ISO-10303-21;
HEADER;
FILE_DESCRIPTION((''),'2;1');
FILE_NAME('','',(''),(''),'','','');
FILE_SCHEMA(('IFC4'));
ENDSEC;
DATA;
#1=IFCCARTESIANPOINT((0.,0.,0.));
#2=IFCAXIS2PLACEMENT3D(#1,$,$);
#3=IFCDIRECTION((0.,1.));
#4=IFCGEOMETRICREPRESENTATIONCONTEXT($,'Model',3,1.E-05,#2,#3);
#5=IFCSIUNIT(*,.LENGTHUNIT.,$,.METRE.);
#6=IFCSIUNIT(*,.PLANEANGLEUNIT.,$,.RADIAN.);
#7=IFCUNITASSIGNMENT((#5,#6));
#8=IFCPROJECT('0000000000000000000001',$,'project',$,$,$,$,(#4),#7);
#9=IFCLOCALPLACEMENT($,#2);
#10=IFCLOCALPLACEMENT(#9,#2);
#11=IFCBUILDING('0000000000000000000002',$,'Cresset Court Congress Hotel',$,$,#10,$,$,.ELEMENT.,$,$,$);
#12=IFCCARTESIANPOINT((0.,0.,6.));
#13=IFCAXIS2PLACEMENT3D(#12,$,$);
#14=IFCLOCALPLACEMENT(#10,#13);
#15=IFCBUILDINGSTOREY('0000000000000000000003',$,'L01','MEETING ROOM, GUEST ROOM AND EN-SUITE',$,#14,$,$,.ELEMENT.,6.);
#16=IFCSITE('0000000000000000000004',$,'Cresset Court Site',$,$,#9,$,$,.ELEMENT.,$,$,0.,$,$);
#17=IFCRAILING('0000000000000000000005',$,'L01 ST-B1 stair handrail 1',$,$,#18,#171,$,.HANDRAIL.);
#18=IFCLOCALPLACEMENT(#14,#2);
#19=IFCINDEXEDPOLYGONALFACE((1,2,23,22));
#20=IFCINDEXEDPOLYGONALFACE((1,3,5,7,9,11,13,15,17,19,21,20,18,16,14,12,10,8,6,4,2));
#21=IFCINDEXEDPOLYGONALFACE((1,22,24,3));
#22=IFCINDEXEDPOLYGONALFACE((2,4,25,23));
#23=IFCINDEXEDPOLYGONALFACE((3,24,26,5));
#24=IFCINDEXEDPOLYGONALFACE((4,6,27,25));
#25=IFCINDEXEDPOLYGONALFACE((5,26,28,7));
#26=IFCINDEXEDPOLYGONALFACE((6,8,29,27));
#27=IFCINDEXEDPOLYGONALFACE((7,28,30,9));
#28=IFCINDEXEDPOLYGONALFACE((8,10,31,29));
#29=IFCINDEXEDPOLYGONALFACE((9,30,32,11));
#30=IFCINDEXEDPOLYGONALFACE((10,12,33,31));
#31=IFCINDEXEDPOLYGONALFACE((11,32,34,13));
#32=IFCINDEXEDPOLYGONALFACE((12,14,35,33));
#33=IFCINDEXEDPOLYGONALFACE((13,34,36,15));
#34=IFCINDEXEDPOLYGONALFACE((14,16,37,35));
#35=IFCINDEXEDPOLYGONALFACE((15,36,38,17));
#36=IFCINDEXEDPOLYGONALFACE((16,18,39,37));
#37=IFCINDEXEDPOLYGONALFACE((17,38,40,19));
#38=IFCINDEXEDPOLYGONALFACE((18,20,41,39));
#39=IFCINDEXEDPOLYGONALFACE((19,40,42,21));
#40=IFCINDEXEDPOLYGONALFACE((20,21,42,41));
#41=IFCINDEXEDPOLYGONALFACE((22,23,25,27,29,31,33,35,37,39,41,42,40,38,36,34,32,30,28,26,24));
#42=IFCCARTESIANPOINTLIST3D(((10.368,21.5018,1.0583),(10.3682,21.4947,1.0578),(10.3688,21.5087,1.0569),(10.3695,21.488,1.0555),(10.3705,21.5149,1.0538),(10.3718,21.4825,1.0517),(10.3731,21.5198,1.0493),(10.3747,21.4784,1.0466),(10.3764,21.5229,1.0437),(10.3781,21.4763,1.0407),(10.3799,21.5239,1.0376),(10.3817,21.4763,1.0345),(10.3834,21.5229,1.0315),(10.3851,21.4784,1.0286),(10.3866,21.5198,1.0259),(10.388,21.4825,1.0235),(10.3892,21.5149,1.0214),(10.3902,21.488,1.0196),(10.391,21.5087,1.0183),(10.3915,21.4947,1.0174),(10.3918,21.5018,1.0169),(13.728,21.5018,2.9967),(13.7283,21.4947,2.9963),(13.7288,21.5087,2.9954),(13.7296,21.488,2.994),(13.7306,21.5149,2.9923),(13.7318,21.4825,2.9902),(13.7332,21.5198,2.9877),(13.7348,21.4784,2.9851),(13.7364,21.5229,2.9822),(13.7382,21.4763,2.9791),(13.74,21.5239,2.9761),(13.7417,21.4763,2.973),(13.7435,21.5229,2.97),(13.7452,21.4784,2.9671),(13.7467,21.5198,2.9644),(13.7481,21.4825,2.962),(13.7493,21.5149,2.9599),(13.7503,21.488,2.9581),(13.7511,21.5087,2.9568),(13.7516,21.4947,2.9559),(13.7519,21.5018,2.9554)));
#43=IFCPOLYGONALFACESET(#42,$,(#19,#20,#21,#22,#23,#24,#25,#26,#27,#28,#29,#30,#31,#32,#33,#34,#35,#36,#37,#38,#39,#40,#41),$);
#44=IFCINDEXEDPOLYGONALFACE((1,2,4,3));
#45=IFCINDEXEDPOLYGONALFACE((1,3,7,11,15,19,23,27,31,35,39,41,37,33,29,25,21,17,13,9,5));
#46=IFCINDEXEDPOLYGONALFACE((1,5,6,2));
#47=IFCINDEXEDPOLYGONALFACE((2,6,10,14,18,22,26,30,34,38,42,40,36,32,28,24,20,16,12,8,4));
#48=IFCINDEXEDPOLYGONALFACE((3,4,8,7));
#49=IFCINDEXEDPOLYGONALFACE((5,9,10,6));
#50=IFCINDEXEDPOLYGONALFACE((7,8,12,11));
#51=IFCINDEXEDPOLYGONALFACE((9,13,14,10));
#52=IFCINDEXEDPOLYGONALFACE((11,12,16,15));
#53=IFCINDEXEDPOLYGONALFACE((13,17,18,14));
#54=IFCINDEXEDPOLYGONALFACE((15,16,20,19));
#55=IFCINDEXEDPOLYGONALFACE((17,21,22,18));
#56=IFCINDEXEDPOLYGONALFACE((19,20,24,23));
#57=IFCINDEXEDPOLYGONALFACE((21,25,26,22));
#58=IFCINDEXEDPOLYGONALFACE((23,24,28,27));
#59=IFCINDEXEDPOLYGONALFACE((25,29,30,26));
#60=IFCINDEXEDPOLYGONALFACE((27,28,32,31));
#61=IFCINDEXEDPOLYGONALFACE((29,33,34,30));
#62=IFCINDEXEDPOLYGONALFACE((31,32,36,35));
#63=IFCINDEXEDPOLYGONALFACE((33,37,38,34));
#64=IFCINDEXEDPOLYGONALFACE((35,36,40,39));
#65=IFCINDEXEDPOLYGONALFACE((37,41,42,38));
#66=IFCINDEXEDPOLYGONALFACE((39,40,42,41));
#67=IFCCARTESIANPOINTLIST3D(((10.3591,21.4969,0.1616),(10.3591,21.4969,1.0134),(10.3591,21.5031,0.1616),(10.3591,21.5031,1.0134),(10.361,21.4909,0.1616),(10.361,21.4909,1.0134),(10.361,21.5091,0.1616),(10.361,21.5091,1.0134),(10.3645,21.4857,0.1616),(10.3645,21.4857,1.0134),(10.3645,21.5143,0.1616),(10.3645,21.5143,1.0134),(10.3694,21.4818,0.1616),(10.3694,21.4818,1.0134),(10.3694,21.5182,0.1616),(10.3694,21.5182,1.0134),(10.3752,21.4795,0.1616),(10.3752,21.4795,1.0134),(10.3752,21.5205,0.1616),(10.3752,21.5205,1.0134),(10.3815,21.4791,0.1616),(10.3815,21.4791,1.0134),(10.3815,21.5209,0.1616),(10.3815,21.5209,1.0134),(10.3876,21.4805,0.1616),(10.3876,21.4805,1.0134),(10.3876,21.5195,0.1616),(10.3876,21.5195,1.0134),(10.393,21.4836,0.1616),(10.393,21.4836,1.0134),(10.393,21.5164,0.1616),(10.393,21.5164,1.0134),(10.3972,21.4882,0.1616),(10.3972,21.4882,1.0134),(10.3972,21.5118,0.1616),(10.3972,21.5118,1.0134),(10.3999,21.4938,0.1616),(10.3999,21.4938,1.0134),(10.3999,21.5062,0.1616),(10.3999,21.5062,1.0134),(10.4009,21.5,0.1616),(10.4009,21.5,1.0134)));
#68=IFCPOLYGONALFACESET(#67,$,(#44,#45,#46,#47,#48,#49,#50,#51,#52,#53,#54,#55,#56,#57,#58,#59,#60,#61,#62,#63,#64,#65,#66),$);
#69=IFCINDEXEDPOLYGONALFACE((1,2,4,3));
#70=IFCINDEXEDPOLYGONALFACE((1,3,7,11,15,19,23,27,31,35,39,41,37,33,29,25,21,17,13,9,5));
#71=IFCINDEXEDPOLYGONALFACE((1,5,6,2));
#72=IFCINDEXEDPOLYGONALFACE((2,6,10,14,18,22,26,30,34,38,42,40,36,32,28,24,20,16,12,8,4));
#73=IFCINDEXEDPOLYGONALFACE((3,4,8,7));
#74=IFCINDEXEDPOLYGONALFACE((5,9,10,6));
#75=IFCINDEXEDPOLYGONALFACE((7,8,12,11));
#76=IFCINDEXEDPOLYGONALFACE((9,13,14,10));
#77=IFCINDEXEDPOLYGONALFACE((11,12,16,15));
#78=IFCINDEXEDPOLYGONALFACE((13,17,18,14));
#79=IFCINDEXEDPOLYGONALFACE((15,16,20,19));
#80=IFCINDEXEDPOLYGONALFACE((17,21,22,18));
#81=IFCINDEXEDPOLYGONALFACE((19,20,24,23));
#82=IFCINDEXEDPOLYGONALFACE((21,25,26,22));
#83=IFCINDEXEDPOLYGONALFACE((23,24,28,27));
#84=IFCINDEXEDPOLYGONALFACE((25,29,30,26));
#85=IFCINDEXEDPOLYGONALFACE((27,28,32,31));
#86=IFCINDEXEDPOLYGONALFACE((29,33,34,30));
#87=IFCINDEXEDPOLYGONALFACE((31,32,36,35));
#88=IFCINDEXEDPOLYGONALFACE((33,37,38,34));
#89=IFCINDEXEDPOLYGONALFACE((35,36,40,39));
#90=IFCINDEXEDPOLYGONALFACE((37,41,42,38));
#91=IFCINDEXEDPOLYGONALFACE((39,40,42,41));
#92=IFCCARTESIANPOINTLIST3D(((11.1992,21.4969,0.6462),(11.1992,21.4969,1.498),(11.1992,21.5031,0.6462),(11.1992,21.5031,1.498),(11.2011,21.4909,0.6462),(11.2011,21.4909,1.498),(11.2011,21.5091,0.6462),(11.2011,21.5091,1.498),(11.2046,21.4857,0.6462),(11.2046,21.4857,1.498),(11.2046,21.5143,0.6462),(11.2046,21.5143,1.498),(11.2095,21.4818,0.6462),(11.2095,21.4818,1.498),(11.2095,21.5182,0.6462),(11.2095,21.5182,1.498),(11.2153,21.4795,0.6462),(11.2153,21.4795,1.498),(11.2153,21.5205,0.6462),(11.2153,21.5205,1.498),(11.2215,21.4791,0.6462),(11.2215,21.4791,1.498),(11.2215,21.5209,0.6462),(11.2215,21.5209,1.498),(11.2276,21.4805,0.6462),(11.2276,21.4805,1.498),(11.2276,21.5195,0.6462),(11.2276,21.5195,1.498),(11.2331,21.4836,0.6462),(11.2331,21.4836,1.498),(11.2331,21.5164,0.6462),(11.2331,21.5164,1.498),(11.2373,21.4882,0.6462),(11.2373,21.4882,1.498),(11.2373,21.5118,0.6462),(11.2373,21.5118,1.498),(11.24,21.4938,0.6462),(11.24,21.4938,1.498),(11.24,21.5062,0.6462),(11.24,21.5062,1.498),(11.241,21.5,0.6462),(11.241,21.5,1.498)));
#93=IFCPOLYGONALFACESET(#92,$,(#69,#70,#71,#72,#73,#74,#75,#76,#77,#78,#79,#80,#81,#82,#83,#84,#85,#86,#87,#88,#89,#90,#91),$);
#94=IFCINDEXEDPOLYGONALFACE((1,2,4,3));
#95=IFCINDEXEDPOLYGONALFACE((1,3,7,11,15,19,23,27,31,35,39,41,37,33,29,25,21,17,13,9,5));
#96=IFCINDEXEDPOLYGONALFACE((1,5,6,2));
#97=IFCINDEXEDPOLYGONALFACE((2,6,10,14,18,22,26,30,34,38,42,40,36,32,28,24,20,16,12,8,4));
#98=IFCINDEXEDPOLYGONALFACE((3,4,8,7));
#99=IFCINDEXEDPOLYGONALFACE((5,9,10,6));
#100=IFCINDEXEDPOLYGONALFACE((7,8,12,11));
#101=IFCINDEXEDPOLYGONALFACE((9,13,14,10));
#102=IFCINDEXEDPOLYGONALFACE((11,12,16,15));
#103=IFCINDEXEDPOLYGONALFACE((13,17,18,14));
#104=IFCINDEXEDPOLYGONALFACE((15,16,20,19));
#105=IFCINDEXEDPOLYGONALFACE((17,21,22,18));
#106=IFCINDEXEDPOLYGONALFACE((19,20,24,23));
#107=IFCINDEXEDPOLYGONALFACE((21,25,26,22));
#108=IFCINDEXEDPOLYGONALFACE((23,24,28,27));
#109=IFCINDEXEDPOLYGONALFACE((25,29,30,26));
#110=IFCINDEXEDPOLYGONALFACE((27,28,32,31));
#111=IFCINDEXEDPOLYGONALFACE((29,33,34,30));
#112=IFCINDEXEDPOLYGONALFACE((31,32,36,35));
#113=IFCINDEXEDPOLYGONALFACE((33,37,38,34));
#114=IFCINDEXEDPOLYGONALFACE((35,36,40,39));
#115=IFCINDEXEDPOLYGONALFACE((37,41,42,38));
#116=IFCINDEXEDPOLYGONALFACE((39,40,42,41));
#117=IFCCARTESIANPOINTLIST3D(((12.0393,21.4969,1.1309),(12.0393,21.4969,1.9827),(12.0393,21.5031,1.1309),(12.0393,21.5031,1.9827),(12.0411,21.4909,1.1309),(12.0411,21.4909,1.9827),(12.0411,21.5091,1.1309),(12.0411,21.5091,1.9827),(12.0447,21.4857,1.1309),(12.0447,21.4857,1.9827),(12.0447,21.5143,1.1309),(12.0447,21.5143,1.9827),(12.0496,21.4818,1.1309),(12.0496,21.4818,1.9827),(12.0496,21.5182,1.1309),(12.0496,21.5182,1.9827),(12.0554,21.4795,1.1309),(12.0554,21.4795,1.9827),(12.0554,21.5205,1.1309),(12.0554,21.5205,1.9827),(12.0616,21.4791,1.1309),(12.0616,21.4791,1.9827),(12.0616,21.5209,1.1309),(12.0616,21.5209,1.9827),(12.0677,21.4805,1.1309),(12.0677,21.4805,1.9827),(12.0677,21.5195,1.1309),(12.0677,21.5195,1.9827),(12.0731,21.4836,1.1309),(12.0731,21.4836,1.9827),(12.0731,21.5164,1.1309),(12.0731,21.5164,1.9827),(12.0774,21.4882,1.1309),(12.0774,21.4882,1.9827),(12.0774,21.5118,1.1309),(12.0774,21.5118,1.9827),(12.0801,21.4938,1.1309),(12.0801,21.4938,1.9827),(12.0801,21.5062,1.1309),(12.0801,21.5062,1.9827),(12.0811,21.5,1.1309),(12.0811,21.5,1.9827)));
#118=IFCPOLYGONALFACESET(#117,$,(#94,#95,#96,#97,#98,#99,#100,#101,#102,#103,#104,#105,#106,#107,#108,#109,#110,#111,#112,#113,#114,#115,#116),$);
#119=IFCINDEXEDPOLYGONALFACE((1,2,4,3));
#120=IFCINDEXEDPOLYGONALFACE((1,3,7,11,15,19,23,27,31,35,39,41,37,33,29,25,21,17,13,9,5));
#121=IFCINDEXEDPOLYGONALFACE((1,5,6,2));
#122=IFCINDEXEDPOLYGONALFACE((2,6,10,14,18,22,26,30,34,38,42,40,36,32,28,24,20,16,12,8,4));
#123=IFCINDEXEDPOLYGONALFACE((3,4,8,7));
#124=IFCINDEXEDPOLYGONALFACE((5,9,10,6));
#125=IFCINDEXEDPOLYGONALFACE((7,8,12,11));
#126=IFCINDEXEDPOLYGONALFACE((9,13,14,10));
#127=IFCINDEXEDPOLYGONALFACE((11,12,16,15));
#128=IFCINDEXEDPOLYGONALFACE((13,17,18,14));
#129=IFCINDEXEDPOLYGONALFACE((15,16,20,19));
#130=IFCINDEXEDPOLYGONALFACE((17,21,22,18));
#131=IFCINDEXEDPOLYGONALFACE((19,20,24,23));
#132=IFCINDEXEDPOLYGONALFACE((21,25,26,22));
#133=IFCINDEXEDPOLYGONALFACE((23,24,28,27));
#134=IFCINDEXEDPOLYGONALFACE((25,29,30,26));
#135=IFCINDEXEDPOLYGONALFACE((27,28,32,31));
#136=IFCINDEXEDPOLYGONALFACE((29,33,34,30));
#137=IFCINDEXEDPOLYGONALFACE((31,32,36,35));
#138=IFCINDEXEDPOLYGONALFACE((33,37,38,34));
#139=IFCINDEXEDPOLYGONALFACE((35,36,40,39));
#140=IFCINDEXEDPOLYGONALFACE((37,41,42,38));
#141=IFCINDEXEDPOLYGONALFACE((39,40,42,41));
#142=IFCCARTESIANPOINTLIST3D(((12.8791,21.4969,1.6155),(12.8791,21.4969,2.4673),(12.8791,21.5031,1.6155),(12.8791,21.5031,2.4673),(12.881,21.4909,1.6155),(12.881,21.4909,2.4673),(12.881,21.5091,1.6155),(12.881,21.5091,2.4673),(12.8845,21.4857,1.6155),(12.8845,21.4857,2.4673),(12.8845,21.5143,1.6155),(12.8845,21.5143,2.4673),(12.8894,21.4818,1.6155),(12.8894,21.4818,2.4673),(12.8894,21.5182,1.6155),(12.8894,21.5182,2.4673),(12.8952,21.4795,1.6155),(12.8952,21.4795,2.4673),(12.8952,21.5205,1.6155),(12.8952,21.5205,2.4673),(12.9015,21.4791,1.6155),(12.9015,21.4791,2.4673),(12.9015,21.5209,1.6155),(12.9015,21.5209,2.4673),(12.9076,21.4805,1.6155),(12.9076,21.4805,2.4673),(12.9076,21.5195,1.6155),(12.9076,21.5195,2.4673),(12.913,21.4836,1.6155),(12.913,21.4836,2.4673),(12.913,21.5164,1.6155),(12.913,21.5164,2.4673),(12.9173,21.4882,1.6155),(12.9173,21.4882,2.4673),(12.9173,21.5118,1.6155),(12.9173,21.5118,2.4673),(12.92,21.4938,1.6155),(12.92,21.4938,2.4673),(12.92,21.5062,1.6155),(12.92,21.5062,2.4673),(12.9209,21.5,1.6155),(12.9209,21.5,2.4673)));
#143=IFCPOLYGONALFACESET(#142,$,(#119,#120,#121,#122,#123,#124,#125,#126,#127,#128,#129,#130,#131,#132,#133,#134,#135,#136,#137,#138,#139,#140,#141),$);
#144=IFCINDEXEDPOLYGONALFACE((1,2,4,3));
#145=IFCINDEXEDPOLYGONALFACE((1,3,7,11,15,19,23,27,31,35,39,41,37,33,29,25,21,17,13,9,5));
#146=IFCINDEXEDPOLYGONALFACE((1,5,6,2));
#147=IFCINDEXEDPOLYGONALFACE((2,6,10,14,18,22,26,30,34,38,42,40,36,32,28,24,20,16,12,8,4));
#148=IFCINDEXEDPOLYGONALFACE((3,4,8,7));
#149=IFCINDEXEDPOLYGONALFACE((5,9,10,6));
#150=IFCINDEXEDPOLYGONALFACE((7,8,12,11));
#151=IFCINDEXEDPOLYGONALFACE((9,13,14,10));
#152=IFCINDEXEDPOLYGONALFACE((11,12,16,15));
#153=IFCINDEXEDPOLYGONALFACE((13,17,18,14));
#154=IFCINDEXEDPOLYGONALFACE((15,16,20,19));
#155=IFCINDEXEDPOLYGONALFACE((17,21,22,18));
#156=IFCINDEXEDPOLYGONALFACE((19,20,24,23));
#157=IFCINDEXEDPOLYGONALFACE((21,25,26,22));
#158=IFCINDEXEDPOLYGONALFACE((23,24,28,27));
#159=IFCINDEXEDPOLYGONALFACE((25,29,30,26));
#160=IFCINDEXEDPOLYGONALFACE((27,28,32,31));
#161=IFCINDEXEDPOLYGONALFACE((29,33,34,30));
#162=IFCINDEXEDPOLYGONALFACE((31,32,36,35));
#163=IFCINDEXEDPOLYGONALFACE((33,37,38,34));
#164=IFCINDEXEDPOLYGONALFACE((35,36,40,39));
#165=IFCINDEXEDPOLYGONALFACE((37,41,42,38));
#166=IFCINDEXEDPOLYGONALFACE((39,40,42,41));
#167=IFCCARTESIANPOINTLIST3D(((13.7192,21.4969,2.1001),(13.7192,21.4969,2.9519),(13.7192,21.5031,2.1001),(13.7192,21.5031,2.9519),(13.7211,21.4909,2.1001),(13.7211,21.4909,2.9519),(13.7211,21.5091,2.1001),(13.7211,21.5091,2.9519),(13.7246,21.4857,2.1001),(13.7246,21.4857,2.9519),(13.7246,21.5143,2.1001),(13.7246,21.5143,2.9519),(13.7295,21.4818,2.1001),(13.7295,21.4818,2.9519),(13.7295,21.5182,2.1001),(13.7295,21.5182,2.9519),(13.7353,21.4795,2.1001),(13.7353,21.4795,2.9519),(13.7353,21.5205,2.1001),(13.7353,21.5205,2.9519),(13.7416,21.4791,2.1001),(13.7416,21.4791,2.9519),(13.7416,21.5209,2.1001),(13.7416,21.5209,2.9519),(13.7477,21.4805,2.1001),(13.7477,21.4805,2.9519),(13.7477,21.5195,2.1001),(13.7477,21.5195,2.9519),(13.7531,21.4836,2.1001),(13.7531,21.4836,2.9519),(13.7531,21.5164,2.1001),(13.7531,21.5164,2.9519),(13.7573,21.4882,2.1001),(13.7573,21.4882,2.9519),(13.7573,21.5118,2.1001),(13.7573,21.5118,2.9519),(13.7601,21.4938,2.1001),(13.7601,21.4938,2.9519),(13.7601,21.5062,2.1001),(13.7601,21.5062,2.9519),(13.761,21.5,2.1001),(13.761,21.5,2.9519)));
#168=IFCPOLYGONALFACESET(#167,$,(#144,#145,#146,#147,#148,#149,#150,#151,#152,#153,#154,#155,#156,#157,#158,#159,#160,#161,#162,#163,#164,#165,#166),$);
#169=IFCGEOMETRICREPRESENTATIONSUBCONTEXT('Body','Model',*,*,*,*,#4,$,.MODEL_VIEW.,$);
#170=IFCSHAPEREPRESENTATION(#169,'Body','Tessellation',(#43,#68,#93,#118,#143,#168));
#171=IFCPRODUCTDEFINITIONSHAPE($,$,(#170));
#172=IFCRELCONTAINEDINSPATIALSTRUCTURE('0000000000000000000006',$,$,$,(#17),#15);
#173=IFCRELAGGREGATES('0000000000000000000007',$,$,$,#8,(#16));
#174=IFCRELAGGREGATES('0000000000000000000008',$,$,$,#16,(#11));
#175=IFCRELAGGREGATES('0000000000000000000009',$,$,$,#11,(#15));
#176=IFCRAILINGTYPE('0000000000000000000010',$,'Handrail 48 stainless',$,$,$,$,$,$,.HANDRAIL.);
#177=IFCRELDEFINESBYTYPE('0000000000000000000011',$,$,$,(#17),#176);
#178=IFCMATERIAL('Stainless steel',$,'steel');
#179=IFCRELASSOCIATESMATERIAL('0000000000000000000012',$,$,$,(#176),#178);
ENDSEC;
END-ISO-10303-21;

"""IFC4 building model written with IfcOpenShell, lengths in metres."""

from ifc_helpers import new_model, si_unit, direction, frame, origin, origin_2d, place, context, subcontext, project, spatial, circle, extrude, material, type_object, element, save


model = new_model("IFC4")

# Units and contexts
model_context = context("Model", 3, precision=1e-05, world=origin(), true_north=direction((0.0, 1.0)))
body_context = subcontext(model_context, "Body", "Model", "MODEL_VIEW")
ifc_project = project(units=[si_unit("LENGTHUNIT", "METRE"), si_unit("PLANEANGLEUNIT", "RADIAN")], contexts=[model_context])

# Site, building, storey
site_placement = place(None, origin())
site = spatial("IfcSite", under=ifc_project, at=site_placement, Name="Cresset Court Site", CompositionType="ELEMENT", RefElevation=0.0)
building_placement = place(site_placement, origin())
building = spatial("IfcBuilding", under=site, at=building_placement, Name="Cresset Court Congress Hotel", CompositionType="ELEMENT")
storey_placement = place(building_placement, frame((0.0, 0.0, 6.0)))
storey = spatial("IfcBuildingStorey", under=building, at=storey_placement, Name="L01", Description="MEETING ROOM, GUEST ROOM AND EN-SUITE", CompositionType="ELEMENT", Elevation=6.0)

# Railing
ifc_material_1 = material(Name="Stainless steel", Category="steel")
railing_type_1 = type_object("IfcRailingType", Name="Handrail 48 stainless", PredefinedType="HANDRAIL", material=ifc_material_1)
railing_1_placement = place(storey_placement, frame((10.3799, 21.5, 0.1616)))
element("IfcRailing", 1, at=railing_1_placement, inside=storey, type_object=railing_type_1, Name="L01 ST-B1 stair handrail 1", PredefinedType="HANDRAIL", context=body_context, shape_type="SweptSolid", body=[
    extrude(circle(Radius=0.0239, at=origin_2d()), frame((0.0, 0.0, 0.876), z_axis=(0.866191, 0.0, 0.499713), x_axis=(0.0, 1.0, 0.0)), (0.0, 0.0, 1.0), 3.8792),
    extrude(circle(Radius=0.021, at=origin_2d()), origin(), (0.0, 0.0, 1.0), 0.8518),
    extrude(circle(Radius=0.021, at=origin_2d()), frame((0.8401, 0.0, 0.4846)), (0.0, 0.0, 1.0), 0.8518),
    extrude(circle(Radius=0.021, at=origin_2d()), frame((1.6802, 0.0, 0.9692)), (0.0, 0.0, 1.0), 0.8518),
    extrude(circle(Radius=0.021, at=origin_2d()), frame((2.52, 0.0, 1.4539)), (0.0, 0.0, 1.0), 0.8518),
    extrude(circle(Radius=0.021, at=origin_2d()), frame((3.3601, 0.0, 1.9385)), (0.0, 0.0, 1.0), 0.8518),
])

save(model, "model.ifc")
